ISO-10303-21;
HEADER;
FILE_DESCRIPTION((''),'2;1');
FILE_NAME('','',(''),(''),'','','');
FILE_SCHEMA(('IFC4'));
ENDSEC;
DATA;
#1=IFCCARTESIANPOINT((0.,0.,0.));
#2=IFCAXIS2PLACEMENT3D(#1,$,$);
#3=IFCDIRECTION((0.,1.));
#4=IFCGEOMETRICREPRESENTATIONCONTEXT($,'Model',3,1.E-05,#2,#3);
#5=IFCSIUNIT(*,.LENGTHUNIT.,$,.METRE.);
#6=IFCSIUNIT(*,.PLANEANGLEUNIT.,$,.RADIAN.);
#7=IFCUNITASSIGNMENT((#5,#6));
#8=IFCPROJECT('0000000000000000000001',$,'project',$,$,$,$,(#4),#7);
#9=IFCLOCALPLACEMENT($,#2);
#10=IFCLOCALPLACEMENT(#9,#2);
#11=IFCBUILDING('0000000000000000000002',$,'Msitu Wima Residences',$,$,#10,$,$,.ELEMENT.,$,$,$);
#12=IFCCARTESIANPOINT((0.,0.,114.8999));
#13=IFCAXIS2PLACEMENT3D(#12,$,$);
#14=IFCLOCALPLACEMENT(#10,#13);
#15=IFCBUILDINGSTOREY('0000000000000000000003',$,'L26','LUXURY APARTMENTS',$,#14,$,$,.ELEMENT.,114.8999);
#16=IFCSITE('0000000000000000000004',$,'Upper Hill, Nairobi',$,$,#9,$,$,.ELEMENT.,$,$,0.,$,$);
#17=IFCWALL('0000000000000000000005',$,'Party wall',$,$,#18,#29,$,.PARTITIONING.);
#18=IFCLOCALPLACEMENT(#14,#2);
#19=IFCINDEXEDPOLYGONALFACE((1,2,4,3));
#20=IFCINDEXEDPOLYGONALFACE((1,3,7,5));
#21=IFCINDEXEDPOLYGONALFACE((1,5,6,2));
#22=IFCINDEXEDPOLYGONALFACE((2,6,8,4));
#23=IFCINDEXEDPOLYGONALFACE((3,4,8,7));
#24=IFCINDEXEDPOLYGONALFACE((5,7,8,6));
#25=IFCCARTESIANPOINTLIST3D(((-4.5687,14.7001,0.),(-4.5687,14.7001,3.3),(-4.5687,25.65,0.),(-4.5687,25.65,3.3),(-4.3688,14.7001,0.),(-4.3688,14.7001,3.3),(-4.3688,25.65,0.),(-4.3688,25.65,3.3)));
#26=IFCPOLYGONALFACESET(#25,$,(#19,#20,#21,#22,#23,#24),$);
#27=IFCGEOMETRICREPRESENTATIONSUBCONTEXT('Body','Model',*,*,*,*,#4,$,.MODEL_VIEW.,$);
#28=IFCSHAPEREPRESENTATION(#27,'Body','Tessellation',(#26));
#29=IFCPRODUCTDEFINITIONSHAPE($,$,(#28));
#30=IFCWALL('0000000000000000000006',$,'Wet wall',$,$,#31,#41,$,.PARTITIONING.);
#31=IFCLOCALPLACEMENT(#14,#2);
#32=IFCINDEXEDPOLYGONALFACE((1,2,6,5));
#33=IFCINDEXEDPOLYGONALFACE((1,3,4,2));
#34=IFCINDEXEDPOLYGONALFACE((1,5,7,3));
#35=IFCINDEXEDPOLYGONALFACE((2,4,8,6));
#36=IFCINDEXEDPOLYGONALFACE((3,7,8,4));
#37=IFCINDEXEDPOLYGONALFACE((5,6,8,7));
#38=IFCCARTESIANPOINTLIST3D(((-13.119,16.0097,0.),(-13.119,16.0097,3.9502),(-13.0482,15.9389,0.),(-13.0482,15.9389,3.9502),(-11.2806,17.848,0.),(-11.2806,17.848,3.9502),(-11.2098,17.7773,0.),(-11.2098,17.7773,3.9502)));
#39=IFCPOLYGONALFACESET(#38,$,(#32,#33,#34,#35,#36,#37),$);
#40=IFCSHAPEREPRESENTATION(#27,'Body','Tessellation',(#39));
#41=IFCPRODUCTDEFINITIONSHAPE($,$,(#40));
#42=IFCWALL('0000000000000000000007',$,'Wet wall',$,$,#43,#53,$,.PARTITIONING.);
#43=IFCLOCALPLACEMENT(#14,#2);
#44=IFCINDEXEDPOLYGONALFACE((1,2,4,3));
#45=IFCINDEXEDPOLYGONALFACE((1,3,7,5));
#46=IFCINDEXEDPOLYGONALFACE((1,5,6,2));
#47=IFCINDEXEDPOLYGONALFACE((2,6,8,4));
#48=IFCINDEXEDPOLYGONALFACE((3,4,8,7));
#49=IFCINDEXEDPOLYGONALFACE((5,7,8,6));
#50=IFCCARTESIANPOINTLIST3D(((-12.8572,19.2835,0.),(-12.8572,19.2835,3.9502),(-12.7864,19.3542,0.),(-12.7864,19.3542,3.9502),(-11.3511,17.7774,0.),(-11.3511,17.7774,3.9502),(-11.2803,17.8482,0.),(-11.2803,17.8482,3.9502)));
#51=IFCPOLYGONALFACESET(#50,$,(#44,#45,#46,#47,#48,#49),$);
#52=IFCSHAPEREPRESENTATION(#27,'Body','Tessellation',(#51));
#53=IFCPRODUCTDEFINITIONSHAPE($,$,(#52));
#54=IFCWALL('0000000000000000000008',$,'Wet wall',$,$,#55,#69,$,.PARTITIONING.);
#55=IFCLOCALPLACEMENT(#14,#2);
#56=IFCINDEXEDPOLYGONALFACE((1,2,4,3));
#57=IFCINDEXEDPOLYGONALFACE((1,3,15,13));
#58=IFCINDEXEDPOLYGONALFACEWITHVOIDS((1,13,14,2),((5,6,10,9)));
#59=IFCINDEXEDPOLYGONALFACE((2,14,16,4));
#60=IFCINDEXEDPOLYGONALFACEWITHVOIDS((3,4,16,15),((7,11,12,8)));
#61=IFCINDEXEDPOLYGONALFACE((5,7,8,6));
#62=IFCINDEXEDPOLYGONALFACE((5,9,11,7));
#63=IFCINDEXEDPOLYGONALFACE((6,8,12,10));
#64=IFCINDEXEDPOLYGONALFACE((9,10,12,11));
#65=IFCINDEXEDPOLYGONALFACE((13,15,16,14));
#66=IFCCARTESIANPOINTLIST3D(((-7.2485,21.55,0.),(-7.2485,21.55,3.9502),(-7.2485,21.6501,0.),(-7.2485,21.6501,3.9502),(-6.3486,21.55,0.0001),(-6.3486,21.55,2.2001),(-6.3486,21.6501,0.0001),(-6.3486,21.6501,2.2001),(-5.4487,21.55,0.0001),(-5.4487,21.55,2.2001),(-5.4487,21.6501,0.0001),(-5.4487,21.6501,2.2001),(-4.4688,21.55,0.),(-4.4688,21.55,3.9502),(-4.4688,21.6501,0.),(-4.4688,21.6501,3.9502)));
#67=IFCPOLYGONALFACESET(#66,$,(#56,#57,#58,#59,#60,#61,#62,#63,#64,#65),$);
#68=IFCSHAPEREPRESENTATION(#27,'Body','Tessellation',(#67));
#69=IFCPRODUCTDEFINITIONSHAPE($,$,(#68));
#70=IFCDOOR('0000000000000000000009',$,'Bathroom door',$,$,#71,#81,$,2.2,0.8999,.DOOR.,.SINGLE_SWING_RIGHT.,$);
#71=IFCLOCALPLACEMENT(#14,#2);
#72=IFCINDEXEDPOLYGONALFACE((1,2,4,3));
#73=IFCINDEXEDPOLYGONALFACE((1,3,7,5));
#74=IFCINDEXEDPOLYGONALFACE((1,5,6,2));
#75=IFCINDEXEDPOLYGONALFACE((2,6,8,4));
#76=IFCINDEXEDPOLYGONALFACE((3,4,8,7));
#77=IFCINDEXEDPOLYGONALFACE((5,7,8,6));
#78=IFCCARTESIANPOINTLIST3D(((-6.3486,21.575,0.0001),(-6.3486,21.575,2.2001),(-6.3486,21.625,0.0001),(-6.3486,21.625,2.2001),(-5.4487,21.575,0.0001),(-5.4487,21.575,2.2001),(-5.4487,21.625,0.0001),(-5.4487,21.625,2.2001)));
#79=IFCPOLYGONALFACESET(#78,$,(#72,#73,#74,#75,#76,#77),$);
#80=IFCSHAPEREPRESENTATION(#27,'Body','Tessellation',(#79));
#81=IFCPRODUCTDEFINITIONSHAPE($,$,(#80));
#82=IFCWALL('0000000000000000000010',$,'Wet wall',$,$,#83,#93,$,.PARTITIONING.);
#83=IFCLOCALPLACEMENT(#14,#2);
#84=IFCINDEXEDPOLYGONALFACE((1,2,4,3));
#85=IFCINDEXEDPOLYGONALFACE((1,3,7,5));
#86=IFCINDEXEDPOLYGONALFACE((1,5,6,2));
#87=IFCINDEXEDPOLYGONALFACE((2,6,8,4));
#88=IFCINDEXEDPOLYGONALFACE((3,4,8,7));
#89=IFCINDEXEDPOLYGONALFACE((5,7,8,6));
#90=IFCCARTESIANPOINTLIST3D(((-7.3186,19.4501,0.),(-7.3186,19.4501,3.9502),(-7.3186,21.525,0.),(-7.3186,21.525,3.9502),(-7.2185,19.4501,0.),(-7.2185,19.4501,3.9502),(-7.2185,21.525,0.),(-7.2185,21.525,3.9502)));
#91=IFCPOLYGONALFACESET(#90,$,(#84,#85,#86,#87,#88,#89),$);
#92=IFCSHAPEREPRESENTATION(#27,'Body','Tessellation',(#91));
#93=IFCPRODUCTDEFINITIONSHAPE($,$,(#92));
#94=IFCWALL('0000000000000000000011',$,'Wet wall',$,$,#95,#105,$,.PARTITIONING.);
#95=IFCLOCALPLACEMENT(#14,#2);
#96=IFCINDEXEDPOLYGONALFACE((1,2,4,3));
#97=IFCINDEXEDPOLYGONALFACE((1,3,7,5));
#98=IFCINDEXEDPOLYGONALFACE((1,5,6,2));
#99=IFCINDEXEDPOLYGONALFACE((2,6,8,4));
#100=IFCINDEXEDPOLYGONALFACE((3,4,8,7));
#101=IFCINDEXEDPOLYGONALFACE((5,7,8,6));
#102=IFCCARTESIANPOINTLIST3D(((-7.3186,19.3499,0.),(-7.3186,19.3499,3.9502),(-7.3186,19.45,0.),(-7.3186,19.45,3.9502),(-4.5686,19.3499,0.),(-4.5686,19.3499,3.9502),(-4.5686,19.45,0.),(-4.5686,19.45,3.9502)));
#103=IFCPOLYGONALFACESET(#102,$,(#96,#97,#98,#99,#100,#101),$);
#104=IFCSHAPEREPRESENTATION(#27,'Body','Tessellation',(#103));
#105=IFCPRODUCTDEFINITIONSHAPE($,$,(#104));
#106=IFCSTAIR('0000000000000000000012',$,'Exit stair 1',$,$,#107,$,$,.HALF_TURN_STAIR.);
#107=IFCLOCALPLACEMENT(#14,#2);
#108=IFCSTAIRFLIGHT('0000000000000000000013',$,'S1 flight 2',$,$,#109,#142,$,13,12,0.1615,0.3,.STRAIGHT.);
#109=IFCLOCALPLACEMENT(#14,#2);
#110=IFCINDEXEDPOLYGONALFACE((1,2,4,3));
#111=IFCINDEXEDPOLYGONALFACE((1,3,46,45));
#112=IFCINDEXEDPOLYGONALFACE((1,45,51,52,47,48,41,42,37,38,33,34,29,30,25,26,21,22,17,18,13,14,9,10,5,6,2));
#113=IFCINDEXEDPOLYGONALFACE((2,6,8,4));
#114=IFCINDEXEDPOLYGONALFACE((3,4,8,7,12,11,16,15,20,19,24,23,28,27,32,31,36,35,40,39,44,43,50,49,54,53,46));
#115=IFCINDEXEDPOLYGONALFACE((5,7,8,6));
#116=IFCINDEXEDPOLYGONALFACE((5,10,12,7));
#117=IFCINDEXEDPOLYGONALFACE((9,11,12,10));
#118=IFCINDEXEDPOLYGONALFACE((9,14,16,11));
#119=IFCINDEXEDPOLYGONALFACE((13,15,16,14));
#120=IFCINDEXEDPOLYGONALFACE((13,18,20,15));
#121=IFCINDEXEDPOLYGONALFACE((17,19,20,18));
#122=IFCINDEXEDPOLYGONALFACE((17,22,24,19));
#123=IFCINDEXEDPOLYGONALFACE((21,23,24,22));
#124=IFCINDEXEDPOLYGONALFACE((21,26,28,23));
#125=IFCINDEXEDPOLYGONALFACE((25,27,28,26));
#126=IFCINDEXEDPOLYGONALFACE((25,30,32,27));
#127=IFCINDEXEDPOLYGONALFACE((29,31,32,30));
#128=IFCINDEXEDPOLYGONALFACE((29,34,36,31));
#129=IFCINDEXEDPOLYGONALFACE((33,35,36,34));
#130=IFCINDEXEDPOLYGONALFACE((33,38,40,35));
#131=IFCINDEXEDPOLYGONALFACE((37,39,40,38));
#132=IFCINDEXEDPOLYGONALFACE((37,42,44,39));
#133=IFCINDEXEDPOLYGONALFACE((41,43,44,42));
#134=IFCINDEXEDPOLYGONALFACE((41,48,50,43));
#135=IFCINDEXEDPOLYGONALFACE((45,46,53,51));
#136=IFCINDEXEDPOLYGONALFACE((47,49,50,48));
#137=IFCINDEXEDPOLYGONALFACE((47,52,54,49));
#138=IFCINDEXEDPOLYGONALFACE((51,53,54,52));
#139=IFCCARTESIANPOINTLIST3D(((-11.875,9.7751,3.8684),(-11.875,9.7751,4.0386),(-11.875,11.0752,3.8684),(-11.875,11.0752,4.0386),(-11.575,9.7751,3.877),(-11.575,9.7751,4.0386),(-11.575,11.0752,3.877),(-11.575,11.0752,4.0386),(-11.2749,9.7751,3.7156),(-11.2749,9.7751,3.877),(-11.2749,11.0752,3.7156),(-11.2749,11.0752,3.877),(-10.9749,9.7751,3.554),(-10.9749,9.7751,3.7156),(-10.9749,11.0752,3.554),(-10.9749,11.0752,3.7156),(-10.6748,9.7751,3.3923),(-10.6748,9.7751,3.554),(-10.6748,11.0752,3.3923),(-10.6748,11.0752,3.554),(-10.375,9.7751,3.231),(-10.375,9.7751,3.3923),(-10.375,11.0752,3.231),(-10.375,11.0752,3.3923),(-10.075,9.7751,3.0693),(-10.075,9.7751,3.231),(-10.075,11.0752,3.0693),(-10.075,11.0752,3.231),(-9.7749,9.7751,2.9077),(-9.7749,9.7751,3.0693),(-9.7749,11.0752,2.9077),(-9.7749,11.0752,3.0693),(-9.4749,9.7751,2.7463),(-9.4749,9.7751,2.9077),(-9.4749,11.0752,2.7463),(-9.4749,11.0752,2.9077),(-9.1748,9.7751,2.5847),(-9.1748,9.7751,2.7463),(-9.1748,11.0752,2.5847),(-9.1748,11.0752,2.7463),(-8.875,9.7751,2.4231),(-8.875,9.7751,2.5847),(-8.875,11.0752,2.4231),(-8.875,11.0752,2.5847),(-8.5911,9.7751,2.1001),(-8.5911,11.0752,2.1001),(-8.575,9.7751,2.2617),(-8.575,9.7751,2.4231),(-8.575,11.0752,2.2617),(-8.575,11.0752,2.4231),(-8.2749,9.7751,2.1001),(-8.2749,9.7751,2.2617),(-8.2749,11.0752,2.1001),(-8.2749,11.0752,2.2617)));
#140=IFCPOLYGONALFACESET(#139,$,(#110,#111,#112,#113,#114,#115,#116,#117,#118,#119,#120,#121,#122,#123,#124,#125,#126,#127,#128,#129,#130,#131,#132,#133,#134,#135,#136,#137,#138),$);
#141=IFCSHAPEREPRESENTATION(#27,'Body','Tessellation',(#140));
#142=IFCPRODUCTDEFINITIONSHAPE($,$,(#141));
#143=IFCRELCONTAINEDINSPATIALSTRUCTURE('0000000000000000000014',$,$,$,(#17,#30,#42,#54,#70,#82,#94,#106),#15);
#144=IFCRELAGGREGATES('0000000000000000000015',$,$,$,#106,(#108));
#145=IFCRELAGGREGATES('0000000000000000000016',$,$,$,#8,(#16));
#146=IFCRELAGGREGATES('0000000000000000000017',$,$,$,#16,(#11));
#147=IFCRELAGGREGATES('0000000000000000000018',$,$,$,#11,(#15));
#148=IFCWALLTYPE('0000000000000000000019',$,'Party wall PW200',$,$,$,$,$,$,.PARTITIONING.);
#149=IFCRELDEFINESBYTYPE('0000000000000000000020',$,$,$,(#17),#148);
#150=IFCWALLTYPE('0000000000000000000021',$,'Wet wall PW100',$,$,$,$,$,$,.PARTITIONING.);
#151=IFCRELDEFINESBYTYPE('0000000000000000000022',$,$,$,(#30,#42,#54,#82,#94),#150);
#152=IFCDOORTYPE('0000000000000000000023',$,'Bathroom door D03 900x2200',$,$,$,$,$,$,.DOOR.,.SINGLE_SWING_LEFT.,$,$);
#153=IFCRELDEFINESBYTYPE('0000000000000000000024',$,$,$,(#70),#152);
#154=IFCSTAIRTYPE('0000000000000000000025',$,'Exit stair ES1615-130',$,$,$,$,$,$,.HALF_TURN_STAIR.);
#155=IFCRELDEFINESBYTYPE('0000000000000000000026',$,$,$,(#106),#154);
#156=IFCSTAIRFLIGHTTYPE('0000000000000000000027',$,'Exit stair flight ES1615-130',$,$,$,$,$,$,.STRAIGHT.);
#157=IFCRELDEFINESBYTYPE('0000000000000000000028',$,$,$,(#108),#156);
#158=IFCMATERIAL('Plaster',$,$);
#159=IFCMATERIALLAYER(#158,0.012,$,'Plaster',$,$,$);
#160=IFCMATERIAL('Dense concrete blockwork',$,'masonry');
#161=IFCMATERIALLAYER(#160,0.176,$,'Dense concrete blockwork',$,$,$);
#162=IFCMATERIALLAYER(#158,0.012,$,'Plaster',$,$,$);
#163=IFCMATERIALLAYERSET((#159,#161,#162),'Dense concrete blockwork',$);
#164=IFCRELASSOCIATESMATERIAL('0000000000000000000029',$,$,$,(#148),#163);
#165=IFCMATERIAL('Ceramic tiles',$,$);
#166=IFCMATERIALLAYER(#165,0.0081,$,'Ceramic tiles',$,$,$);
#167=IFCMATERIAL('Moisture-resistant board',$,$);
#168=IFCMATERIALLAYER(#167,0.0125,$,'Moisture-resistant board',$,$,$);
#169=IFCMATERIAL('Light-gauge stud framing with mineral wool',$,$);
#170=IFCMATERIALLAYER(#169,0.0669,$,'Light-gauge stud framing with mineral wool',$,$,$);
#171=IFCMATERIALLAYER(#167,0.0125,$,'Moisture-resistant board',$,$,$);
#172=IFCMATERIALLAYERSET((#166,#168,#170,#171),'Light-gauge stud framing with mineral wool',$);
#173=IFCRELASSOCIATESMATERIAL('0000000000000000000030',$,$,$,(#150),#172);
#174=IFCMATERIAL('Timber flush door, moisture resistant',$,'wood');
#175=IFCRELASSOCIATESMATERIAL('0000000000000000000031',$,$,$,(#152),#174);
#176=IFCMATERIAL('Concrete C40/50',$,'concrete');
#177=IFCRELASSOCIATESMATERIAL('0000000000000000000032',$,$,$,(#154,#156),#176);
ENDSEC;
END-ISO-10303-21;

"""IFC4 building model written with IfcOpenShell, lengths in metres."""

from ifc_helpers import new_model, si_unit, direction, frame, frame_2d, origin, place, context, subcontext, project, spatial, polyline, rectangle, outline, extrude, material, layer, layer_set, type_object, element, fill, aggregate, save


model = new_model("IFC4")

# Units and contexts
model_context = context("Model", 3, precision=1e-05, world=origin(), true_north=direction((0.0, 1.0)))
body_context = subcontext(model_context, "Body", "Model", "MODEL_VIEW")
ifc_project = project(units=[si_unit("LENGTHUNIT", "METRE"), si_unit("PLANEANGLEUNIT", "RADIAN")], contexts=[model_context])

# Site, building, storey
site_placement = place(None, origin())
site = spatial("IfcSite", under=ifc_project, at=site_placement, Name="Upper Hill, Nairobi", CompositionType="ELEMENT", RefElevation=0.0)
building_placement = place(site_placement, origin())
building = spatial("IfcBuilding", under=site, at=building_placement, Name="Msitu Wima Residences", CompositionType="ELEMENT")
storey_placement = place(building_placement, frame((0.0, 0.0, 114.8999)))
storey = spatial("IfcBuildingStorey", under=building, at=storey_placement, Name="L26", Description="LUXURY APARTMENTS", CompositionType="ELEMENT", Elevation=114.8999)

# Shared definitions
ifc_material_1 = material(Name="Concrete C40/50", Category="concrete")

# Shared definitions
ifc_material_2 = material(Name="Plaster")

# Walls
ifc_layer_1 = layer(ifc_material_2, 0.012, Name="Plaster")
ifc_material_3 = material(Name="Dense concrete blockwork", Category="masonry")
ifc_layer_2 = layer(ifc_material_3, 0.176, Name="Dense concrete blockwork")
ifc_layer_3 = layer(ifc_material_2, 0.012, Name="Plaster")
ifc_layer_set_1 = layer_set([ifc_layer_1, ifc_layer_2, ifc_layer_3], Name="Dense concrete blockwork")
wall_type_1 = type_object("IfcWallType", Name="Party wall PW200", PredefinedType="PARTITIONING", material=ifc_layer_set_1)
wall_1_placement = place(storey_placement, frame((-4.4688, 14.7, 0.0), z_axis=(0.0, 0.0, 1.0), x_axis=(0.0, 1.0, 0.0)))
element("IfcWall", 1, at=wall_1_placement, inside=storey, type_object=wall_type_1, Name="Party wall", PredefinedType="PARTITIONING", context=body_context, shape_type="SweptSolid", body=[
    extrude(rectangle(XDim=10.95, YDim=0.2, at=frame_2d((5.4751, 0.0))), origin(), (0.0, 0.0, 1.0), 3.3),
])
ifc_material_4 = material(Name="Ceramic tiles")
ifc_layer_4 = layer(ifc_material_4, 0.0081, Name="Ceramic tiles")
ifc_material_5 = material(Name="Moisture-resistant board")
ifc_layer_5 = layer(ifc_material_5, 0.0125, Name="Moisture-resistant board")
ifc_material_6 = material(Name="Light-gauge stud framing with mineral wool")
ifc_layer_6 = layer(ifc_material_6, 0.0669, Name="Light-gauge stud framing with mineral wool")
ifc_layer_7 = layer(ifc_material_5, 0.0125, Name="Moisture-resistant board")
ifc_layer_set_2 = layer_set([ifc_layer_4, ifc_layer_5, ifc_layer_6, ifc_layer_7], Name="Light-gauge stud framing with mineral wool")
wall_type_2 = type_object("IfcWallType", Name="Wet wall PW100", PredefinedType="PARTITIONING", material=ifc_layer_set_2)
wall_2_placement = place(storey_placement, frame((-13.0835, 15.9744, 0.0), z_axis=(0.0, 0.0, 1.0), x_axis=(0.707107, 0.707107, 0.0)))
element("IfcWall", 2, at=wall_2_placement, inside=storey, type_object=wall_type_2, Name="Wet wall", PredefinedType="PARTITIONING", context=body_context, shape_type="SweptSolid", body=[
    extrude(rectangle(XDim=2.5999, YDim=0.1001, at=frame_2d((1.2998, 0.0))), origin(), (0.0, 0.0, 1.0), 3.9502),
])
wall_3_placement = place(storey_placement, frame((-12.8218, 19.3188, 0.0), z_axis=(0.0, 0.0, 1.0), x_axis=(0.707107, -0.707107, 0.0)))
element("IfcWall", 3, at=wall_3_placement, inside=storey, type_object=wall_type_2, Name="Wet wall", PredefinedType="PARTITIONING", context=body_context, shape_type="SweptSolid", body=[
    extrude(rectangle(XDim=2.1299, YDim=0.1001, at=frame_2d((1.0649, 0.0))), origin(), (0.0, 0.0, 1.0), 3.9502),
])

# Wall, opening, door
wall_4_placement = place(storey_placement, frame((-7.2485, 21.6001, 0.0), z_axis=(0.0, 0.0, 1.0), x_axis=(1.0, 0.0, 0.0)))
wall_4 = element("IfcWall", 4, at=wall_4_placement, inside=storey, type_object=wall_type_2, Name="Wet wall", PredefinedType="PARTITIONING", context=body_context, shape_type="SweptSolid", body=[
    extrude(rectangle(XDim=2.7798, YDim=0.1001, at=frame_2d((1.3899, 0.0))), origin(), (0.0, 0.0, 1.0), 3.9502),
])
opening_1_placement = place(wall_4_placement, frame((0.8999, 0.0, 0.0)))
opening_1 = element("IfcOpeningElement", 5, at=opening_1_placement, cuts=wall_4, PredefinedType="OPENING", context=body_context, shape_type="SweptSolid", body=[
    extrude(rectangle(XDim=0.8999, YDim=2.2, at=frame_2d((0.45, 1.1001))), frame((0.0, 0.0601, 0.0), z_axis=(0.0, -1.0, 0.0), x_axis=(1.0, 0.0, 0.0)), (0.0, 0.0, 1.0), 0.1201),
])
ifc_material_7 = material(Name="Timber flush door, moisture resistant", Category="wood")
door_type_1 = type_object("IfcDoorType", Name="Bathroom door D03 900x2200", OperationType="SINGLE_SWING_LEFT", PredefinedType="DOOR", material=ifc_material_7)
door_1_placement = place(opening_1_placement, origin())
door_1 = element("IfcDoor", 6, at=door_1_placement, inside=storey, type_object=door_type_1, Name="Bathroom door", OperationType="SINGLE_SWING_RIGHT", OverallHeight=2.2, OverallWidth=0.8999, PredefinedType="DOOR", context=body_context, shape_type="SweptSolid", body=[
    extrude(rectangle(XDim=0.8999, YDim=2.2, at=frame_2d((0.45, 1.1001))), frame((0.0, 0.0249, 0.0), z_axis=(0.0, -1.0, 0.0), x_axis=(1.0, 0.0, 0.0)), (0.0, 0.0, 1.0), 0.05),
])
fill(opening_1, door_1)

# Walls
wall_5_placement = place(storey_placement, frame((-7.2686, 19.45, 0.0), z_axis=(0.0, 0.0, 1.0), x_axis=(0.0, 1.0, 0.0)))
element("IfcWall", 7, at=wall_5_placement, inside=storey, type_object=wall_type_2, Name="Wet wall", PredefinedType="PARTITIONING", context=body_context, shape_type="SweptSolid", body=[
    extrude(rectangle(XDim=2.075, YDim=0.1001, at=frame_2d((1.0376, 0.0))), origin(), (0.0, 0.0, 1.0), 3.9502),
])
wall_6_placement = place(storey_placement, frame((-7.3186, 19.3999, 0.0), z_axis=(0.0, 0.0, 1.0), x_axis=(1.0, 0.0, 0.0)))
element("IfcWall", 8, at=wall_6_placement, inside=storey, type_object=wall_type_2, Name="Wet wall", PredefinedType="PARTITIONING", context=body_context, shape_type="SweptSolid", body=[
    extrude(rectangle(XDim=2.75, YDim=0.1001, at=frame_2d((1.375, 0.0))), origin(), (0.0, 0.0, 1.0), 3.9502),
])

# Stair, stair flight
stair_type = type_object("IfcStairType", Name="Exit stair ES1615-130", PredefinedType="HALF_TURN_STAIR", material=ifc_material_1)
stair_placement = place(storey_placement, origin())
stair = element("IfcStair", 9, at=stair_placement, inside=storey, type_object=stair_type, Name="Exit stair 1", PredefinedType="HALF_TURN_STAIR")
stair_flight_type = type_object("IfcStairFlightType", Name="Exit stair flight ES1615-130", PredefinedType="STRAIGHT", material=ifc_material_1)
stair_flight_placement = place(storey_placement, frame((-8.2749, 10.425, 2.1001), z_axis=(0.0, 0.0, 1.0), x_axis=(-1.0, 0.0, 0.0)))
stair_flight = element("IfcStairFlight", 10, at=stair_flight_placement, type_object=stair_flight_type, Name="S1 flight 2", NumberOfRisers=13, NumberOfTreads=12, PredefinedType="STRAIGHT", RiserHeight=0.1615, TreadLength=0.3, context=body_context, shape_type="SweptSolid", body=[
    extrude(outline(polyline([(0.0, 0.0), (0.0, 0.1616), (0.3, 0.1616), (0.3, 0.323), (0.6001, 0.323), (0.6001, 0.4846), (0.8999, 0.4846), (0.8999, 0.6462), (1.2, 0.6462), (1.2, 0.8076), (1.5, 0.8076), (1.5, 0.9692), (1.8, 0.9692), (1.8, 1.1309), (2.1001, 1.1309), (2.1001, 1.2922), (2.3999, 1.2922), (2.3999, 1.4539), (2.7, 1.4539), (2.7, 1.6155), (3.0, 1.6155), (3.0, 1.7769), (3.3, 1.7769), (3.3, 1.9385), (3.6001, 1.9385), (3.6001, 2.1001), (3.6001, 1.7683), (0.3162, 0.0), (0.0, 0.0)])), frame((0.0, 0.6499, 0.0), z_axis=(0.0, -1.0, 0.0), x_axis=(1.0, 0.0, 0.0)), (0.0, 0.0, 1.0), 1.3),
])
aggregate(stair, [stair_flight])

save(model, "model.ifc")
